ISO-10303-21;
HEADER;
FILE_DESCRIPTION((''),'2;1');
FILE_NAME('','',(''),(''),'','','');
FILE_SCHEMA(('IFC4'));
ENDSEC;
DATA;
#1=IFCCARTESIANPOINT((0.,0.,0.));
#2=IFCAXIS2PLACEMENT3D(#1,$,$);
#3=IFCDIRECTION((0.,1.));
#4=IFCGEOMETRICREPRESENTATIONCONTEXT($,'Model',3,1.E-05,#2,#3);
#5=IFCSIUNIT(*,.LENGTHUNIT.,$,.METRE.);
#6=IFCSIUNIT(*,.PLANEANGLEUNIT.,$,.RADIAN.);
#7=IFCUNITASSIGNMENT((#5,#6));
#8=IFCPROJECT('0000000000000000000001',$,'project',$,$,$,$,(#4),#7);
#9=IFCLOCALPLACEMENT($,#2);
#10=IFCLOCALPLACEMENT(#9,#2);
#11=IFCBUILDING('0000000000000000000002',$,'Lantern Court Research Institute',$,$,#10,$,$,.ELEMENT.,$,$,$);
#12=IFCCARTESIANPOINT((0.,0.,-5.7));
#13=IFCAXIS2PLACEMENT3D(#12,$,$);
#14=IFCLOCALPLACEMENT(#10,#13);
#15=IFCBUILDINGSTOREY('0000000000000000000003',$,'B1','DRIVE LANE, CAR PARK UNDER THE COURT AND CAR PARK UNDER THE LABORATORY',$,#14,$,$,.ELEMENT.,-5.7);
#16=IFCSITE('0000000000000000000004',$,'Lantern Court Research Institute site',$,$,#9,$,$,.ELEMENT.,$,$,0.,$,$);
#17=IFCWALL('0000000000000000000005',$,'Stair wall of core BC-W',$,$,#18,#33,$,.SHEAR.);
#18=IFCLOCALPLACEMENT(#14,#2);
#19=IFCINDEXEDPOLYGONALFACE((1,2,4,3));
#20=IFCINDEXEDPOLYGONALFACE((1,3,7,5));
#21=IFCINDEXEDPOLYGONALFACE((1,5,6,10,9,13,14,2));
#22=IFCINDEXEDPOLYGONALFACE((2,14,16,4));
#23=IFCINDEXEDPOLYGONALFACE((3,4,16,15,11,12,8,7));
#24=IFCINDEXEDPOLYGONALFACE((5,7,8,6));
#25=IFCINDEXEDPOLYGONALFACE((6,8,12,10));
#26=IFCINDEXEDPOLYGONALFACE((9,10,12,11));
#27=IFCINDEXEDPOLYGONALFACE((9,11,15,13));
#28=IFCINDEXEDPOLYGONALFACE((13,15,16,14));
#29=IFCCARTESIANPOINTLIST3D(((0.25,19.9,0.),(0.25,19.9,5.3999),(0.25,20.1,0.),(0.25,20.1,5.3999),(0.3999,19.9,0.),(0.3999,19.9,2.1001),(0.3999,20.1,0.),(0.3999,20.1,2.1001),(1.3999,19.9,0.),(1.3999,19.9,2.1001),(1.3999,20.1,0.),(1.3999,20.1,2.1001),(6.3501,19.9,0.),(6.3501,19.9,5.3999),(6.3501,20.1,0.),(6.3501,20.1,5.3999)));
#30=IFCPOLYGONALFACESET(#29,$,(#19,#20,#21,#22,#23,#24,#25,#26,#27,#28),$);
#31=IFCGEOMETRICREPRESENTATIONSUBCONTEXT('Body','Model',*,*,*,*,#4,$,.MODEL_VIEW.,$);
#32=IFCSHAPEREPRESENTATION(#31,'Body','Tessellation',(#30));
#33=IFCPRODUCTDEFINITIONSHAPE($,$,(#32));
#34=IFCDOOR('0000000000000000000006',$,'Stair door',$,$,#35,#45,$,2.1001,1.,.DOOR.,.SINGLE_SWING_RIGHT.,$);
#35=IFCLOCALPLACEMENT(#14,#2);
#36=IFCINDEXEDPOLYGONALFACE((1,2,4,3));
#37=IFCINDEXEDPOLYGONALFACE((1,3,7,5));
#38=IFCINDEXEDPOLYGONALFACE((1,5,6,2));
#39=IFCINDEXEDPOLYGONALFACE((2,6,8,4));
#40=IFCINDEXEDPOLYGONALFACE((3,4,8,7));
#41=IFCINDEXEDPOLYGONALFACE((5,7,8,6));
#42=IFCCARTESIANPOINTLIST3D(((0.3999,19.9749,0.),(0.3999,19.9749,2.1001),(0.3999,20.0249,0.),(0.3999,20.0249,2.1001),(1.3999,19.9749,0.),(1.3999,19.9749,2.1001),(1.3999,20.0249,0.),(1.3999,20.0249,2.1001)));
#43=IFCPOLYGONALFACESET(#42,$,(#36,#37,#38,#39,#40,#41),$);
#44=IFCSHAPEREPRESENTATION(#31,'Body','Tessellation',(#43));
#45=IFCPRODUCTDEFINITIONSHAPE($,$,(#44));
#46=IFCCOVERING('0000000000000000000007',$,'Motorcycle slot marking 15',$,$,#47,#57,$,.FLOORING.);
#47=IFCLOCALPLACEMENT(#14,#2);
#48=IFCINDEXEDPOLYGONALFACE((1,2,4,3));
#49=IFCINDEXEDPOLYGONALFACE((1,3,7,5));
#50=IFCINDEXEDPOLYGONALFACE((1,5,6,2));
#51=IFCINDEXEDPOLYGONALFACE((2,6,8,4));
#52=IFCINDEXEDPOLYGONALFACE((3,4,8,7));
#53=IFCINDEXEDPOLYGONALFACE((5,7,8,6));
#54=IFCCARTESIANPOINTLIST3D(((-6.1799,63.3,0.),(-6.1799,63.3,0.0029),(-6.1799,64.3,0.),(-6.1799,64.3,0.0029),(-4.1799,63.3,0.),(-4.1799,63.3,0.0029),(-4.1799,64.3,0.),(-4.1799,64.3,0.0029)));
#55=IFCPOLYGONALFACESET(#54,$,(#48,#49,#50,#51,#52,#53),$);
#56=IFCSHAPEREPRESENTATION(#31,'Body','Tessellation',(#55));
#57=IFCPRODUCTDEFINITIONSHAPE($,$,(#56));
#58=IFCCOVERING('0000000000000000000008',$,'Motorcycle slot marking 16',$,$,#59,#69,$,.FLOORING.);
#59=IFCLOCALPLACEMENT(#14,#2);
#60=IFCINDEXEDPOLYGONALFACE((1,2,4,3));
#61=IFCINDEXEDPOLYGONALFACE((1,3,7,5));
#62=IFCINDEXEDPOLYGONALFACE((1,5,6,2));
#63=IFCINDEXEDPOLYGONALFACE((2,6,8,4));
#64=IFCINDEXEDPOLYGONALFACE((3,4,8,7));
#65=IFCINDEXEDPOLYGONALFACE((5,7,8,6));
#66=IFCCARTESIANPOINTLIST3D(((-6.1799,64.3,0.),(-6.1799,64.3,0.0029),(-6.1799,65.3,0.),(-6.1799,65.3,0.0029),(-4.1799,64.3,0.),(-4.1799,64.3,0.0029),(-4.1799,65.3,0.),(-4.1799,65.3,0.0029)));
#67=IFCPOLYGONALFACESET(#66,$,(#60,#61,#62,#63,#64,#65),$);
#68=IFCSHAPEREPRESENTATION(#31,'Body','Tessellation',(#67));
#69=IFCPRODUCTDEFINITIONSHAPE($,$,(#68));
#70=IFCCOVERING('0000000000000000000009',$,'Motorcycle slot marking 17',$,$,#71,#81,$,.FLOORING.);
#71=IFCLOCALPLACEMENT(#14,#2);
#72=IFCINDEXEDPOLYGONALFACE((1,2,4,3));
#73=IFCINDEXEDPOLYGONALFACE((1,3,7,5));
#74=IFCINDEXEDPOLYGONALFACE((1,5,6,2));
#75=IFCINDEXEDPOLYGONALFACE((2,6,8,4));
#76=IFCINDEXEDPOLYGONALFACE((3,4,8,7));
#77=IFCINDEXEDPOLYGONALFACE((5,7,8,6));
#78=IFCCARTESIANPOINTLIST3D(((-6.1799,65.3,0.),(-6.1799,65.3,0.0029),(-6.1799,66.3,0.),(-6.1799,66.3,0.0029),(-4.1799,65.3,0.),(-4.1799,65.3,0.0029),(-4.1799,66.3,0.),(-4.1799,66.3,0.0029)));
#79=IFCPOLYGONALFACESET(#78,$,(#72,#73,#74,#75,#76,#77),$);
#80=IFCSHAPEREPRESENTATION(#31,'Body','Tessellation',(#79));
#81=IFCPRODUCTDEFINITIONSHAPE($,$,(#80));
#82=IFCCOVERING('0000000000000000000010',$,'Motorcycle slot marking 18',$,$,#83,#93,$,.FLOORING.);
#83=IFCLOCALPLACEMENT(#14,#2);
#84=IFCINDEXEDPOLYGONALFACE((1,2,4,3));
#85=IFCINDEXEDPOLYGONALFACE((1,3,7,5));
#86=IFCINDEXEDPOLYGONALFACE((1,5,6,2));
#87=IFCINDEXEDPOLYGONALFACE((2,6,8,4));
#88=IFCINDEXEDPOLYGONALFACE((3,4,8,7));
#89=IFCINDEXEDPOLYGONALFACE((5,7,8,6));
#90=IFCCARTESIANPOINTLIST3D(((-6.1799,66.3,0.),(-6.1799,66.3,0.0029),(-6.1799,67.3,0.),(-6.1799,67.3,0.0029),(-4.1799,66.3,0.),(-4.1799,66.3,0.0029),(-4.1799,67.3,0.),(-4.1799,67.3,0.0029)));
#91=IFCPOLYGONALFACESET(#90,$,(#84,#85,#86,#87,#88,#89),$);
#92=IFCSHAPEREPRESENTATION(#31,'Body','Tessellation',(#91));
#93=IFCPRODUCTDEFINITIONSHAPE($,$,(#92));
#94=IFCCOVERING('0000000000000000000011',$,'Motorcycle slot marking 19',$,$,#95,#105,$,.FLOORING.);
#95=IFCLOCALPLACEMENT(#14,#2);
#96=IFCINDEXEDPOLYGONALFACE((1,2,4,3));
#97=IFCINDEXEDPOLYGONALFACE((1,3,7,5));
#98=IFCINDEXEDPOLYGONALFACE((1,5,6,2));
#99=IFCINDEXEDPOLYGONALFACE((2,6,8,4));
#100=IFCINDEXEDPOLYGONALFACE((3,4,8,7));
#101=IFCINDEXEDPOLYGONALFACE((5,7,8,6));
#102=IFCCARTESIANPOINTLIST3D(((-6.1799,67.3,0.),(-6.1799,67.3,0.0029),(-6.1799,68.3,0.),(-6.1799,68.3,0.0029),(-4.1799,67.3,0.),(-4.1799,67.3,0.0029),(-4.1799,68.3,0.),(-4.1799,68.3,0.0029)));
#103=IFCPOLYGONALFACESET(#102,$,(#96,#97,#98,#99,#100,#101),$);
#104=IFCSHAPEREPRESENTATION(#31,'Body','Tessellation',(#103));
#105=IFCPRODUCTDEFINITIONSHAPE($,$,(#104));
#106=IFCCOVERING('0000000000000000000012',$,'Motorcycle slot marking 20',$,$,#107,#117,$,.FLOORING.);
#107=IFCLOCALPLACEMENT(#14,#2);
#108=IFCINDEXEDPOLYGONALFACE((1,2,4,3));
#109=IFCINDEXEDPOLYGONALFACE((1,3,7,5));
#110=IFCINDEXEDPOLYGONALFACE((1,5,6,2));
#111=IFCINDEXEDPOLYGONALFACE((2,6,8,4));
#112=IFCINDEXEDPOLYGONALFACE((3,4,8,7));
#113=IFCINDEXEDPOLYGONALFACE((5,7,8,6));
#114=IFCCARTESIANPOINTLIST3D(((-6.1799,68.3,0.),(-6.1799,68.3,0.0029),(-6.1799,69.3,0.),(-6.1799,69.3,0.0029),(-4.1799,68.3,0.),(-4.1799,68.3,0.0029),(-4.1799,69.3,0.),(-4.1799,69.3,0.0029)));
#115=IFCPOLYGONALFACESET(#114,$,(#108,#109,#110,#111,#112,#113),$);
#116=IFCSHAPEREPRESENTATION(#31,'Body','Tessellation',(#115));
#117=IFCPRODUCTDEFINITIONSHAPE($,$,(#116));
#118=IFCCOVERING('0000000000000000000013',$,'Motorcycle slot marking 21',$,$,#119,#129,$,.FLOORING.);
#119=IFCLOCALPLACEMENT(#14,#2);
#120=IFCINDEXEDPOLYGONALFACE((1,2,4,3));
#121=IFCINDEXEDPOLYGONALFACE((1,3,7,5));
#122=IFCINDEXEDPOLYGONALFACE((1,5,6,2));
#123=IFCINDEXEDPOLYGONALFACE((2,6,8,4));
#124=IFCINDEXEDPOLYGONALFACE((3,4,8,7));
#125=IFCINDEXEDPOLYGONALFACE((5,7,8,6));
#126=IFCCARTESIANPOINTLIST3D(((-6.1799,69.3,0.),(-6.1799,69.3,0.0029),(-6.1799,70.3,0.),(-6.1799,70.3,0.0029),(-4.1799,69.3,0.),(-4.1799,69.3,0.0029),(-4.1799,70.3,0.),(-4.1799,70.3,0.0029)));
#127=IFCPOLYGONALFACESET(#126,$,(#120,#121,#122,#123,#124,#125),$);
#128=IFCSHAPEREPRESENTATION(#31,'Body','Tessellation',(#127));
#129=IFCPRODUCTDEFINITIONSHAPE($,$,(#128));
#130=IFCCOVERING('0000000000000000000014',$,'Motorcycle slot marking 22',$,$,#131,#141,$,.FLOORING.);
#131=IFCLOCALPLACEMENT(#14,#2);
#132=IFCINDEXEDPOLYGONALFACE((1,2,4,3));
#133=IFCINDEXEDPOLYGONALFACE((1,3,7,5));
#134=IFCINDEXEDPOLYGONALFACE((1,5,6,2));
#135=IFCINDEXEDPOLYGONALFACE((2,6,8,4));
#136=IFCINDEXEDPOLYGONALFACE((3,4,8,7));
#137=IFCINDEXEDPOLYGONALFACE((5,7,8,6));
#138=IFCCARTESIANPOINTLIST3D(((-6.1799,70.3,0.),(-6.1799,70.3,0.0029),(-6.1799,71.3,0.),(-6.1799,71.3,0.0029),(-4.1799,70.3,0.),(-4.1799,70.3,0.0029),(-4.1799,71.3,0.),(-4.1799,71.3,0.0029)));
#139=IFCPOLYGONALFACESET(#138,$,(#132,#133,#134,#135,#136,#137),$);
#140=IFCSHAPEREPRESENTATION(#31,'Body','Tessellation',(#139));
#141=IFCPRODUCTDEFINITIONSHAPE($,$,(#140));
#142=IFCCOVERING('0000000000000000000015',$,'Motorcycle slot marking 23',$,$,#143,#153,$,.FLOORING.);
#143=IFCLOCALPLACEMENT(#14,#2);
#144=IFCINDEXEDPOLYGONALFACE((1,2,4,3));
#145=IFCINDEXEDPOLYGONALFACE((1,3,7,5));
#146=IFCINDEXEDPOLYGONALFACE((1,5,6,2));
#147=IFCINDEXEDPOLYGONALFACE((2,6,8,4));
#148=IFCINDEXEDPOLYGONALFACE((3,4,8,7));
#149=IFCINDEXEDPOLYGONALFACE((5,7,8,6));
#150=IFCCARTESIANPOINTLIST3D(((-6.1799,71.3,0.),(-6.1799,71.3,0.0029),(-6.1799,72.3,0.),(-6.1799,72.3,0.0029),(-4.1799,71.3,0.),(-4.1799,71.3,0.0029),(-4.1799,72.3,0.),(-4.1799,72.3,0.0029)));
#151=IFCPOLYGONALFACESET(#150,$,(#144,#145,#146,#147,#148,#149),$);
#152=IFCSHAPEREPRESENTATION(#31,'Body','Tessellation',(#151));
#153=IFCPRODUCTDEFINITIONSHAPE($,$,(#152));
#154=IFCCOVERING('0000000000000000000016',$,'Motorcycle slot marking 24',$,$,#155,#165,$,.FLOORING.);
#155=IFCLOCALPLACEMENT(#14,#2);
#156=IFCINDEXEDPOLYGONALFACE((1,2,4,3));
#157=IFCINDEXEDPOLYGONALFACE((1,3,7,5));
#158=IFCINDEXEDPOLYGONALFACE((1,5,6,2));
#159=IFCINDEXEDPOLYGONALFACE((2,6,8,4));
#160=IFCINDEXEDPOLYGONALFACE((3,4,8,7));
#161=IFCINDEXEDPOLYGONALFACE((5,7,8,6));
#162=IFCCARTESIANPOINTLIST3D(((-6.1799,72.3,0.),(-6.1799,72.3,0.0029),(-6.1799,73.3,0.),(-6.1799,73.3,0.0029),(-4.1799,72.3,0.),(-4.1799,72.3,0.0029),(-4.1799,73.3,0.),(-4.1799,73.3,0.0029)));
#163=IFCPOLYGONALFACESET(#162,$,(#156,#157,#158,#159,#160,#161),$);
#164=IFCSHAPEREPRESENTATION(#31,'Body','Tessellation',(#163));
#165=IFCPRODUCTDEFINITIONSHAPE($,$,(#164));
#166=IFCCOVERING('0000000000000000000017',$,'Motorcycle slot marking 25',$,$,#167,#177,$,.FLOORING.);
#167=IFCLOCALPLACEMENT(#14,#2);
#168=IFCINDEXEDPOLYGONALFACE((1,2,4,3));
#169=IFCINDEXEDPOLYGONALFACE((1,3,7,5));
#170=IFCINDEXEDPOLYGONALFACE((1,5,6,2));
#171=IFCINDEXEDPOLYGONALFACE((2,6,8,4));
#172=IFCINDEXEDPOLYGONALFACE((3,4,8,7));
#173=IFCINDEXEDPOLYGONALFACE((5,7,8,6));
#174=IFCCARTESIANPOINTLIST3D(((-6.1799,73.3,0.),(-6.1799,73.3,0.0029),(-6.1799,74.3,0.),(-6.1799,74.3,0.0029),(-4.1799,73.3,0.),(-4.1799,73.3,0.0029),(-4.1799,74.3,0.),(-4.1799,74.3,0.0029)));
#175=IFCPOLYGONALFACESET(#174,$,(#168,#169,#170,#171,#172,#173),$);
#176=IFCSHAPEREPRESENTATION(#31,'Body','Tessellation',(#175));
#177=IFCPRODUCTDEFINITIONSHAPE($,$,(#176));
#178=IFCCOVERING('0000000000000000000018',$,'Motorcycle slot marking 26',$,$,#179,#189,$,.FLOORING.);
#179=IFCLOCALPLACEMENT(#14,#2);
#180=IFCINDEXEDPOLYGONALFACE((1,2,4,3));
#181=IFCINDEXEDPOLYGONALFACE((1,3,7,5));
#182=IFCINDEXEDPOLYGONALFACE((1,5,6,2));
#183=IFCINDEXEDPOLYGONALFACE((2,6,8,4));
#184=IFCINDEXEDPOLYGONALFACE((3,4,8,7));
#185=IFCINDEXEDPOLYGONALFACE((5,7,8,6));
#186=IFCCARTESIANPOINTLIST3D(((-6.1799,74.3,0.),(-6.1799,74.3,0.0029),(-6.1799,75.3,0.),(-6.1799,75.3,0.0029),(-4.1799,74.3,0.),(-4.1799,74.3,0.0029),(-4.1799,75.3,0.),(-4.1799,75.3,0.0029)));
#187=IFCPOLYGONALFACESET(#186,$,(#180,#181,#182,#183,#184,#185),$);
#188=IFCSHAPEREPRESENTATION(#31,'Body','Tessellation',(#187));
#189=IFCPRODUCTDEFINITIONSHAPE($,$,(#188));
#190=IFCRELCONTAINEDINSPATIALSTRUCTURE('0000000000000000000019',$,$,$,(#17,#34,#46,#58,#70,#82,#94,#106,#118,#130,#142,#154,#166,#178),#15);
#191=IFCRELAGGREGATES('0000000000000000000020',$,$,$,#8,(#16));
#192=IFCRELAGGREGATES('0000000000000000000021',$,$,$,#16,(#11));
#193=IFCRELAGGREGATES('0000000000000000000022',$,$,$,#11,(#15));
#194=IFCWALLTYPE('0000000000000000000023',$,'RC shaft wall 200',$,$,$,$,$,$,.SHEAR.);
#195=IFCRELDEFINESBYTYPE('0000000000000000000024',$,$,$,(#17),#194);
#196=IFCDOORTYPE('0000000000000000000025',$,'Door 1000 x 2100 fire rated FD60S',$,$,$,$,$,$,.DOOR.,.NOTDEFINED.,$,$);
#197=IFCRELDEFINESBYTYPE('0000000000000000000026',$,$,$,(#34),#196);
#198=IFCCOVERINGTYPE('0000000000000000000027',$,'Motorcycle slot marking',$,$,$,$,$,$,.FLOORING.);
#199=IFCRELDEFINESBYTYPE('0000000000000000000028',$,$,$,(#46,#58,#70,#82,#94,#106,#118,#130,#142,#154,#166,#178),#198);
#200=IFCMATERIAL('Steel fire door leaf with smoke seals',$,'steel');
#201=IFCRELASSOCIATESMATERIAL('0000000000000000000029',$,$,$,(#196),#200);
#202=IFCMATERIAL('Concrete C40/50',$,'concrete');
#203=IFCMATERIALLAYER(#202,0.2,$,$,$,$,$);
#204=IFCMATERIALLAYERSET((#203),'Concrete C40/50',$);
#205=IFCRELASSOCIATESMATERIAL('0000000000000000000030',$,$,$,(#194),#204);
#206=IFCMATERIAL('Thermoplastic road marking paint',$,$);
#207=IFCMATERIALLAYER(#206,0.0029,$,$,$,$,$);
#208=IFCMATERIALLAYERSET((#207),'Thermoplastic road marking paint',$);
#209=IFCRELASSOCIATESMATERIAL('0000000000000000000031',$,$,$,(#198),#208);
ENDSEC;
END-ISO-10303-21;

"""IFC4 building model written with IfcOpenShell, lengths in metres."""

from ifc_helpers import new_model, si_unit, direction, frame, frame_2d, origin, place, context, subcontext, project, spatial, polyline, rectangle, outline, extrude, material, layer, layer_set, type_object, element, fill, save


model = new_model("IFC4")

# Units and contexts
model_context = context("Model", 3, precision=1e-05, world=origin(), true_north=direction((0.0, 1.0)))
body_context = subcontext(model_context, "Body", "Model", "MODEL_VIEW")
ifc_project = project(units=[si_unit("LENGTHUNIT", "METRE"), si_unit("PLANEANGLEUNIT", "RADIAN")], contexts=[model_context])

# Site, building, storey
site_placement = place(None, origin())
site = spatial("IfcSite", under=ifc_project, at=site_placement, Name="Lantern Court Research Institute site", CompositionType="ELEMENT", RefElevation=0.0)
building_placement = place(site_placement, origin())
building = spatial("IfcBuilding", under=site, at=building_placement, Name="Lantern Court Research Institute", CompositionType="ELEMENT")
storey_placement = place(building_placement, frame((0.0, 0.0, -5.7)))
storey = spatial("IfcBuildingStorey", under=building, at=storey_placement, Name="B1", Description="DRIVE LANE, CAR PARK UNDER THE COURT AND CAR PARK UNDER THE LABORATORY", CompositionType="ELEMENT", Elevation=-5.7)

# Shared definitions
ifc_material_1 = material(Name="Steel fire door leaf with smoke seals", Category="steel")
door_type = type_object("IfcDoorType", Name="Door 1000 x 2100 fire rated FD60S", OperationType="NOTDEFINED", PredefinedType="DOOR", material=ifc_material_1)

# Wall, opening, door
ifc_material_2 = material(Name="Concrete C40/50", Category="concrete")
ifc_layer_1 = layer(ifc_material_2, 0.2)
ifc_layer_set_1 = layer_set([ifc_layer_1], Name="Concrete C40/50")
wall_type_1 = type_object("IfcWallType", Name="RC shaft wall 200", PredefinedType="SHEAR", material=ifc_layer_set_1)
wall_1_placement = place(storey_placement, frame((0.25, 20.0, 0.0), z_axis=(0.0, 0.0, 1.0), x_axis=(1.0, 0.0, 0.0)))
wall_1 = element("IfcWall", 1, at=wall_1_placement, inside=storey, type_object=wall_type_1, Name="Stair wall of core BC-W", PredefinedType="SHEAR", context=body_context, shape_type="SweptSolid", body=[
    extrude(rectangle(XDim=6.1001, YDim=0.2, at=frame_2d((3.05, 0.0))), origin(), (0.0, 0.0, 1.0), 5.3999),
])
opening_1_placement = place(wall_1_placement, frame((0.1499, 0.0, 0.0)))
opening_1 = element("IfcOpeningElement", 2, at=opening_1_placement, cuts=wall_1, PredefinedType="OPENING", context=body_context, shape_type="SweptSolid", body=[
    extrude(rectangle(XDim=1.0, YDim=2.1001, at=frame_2d((0.5, 1.05))), frame((0.0, 0.1099, 0.0), z_axis=(0.0, -1.0, 0.0), x_axis=(1.0, 0.0, 0.0)), (0.0, 0.0, 1.0), 0.22),
])
door_1_placement = place(opening_1_placement, origin())
door_1 = element("IfcDoor", 3, at=door_1_placement, inside=storey, type_object=door_type, Name="Stair door", OperationType="SINGLE_SWING_RIGHT", OverallHeight=2.1001, OverallWidth=1.0, PredefinedType="DOOR", context=body_context, shape_type="SweptSolid", body=[
    extrude(rectangle(XDim=1.0, YDim=2.1001, at=frame_2d((0.5, 1.05))), frame((0.0, 0.0249, 0.0), z_axis=(0.0, -1.0, 0.0), x_axis=(1.0, 0.0, 0.0)), (0.0, 0.0, 1.0), 0.05),
])
fill(opening_1, door_1)

# Coverings
ifc_material_3 = material(Name="Thermoplastic road marking paint")
ifc_layer_2 = layer(ifc_material_3, 0.0029)
ifc_layer_set_2 = layer_set([ifc_layer_2], Name="Thermoplastic road marking paint")
covering_type = type_object("IfcCoveringType", Name="Motorcycle slot marking", PredefinedType="FLOORING", material=ifc_layer_set_2)
covering_1_placement = place(storey_placement, origin())
element("IfcCovering", 4, at=covering_1_placement, inside=storey, type_object=covering_type, Name="Motorcycle slot marking 15", PredefinedType="FLOORING", context=body_context, shape_type="SweptSolid", body=[
    extrude(outline(polyline([(-6.1799, 63.3), (-4.1799, 63.3), (-4.1799, 64.3), (-6.1799, 64.3), (-6.1799, 63.3)])), origin(), (0.0, 0.0, 1.0), 0.0029),
])
covering_2_placement = place(storey_placement, origin())
element("IfcCovering", 5, at=covering_2_placement, inside=storey, type_object=covering_type, Name="Motorcycle slot marking 16", PredefinedType="FLOORING", context=body_context, shape_type="SweptSolid", body=[
    extrude(outline(polyline([(-6.1799, 64.3), (-4.1799, 64.3), (-4.1799, 65.3), (-6.1799, 65.3), (-6.1799, 64.3)])), origin(), (0.0, 0.0, 1.0), 0.0029),
])
covering_3_placement = place(storey_placement, origin())
element("IfcCovering", 6, at=covering_3_placement, inside=storey, type_object=covering_type, Name="Motorcycle slot marking 17", PredefinedType="FLOORING", context=body_context, shape_type="SweptSolid", body=[
    extrude(outline(polyline([(-6.1799, 65.3), (-4.1799, 65.3), (-4.1799, 66.3), (-6.1799, 66.3), (-6.1799, 65.3)])), origin(), (0.0, 0.0, 1.0), 0.0029),
])
covering_4_placement = place(storey_placement, origin())
element("IfcCovering", 7, at=covering_4_placement, inside=storey, type_object=covering_type, Name="Motorcycle slot marking 18", PredefinedType="FLOORING", context=body_context, shape_type="SweptSolid", body=[
    extrude(outline(polyline([(-6.1799, 66.3), (-4.1799, 66.3), (-4.1799, 67.3), (-6.1799, 67.3), (-6.1799, 66.3)])), origin(), (0.0, 0.0, 1.0), 0.0029),
])
covering_5_placement = place(storey_placement, origin())
element("IfcCovering", 8, at=covering_5_placement, inside=storey, type_object=covering_type, Name="Motorcycle slot marking 19", PredefinedType="FLOORING", context=body_context, shape_type="SweptSolid", body=[
    extrude(outline(polyline([(-6.1799, 67.3), (-4.1799, 67.3), (-4.1799, 68.3), (-6.1799, 68.3), (-6.1799, 67.3)])), origin(), (0.0, 0.0, 1.0), 0.0029),
])
covering_6_placement = place(storey_placement, origin())
element("IfcCovering", 9, at=covering_6_placement, inside=storey, type_object=covering_type, Name="Motorcycle slot marking 20", PredefinedType="FLOORING", context=body_context, shape_type="SweptSolid", body=[
    extrude(outline(polyline([(-6.1799, 68.3), (-4.1799, 68.3), (-4.1799, 69.3), (-6.1799, 69.3), (-6.1799, 68.3)])), origin(), (0.0, 0.0, 1.0), 0.0029),
])
covering_7_placement = place(storey_placement, origin())
element("IfcCovering", 10, at=covering_7_placement, inside=storey, type_object=covering_type, Name="Motorcycle slot marking 21", PredefinedType="FLOORING", context=body_context, shape_type="SweptSolid", body=[
    extrude(outline(polyline([(-6.1799, 69.3), (-4.1799, 69.3), (-4.1799, 70.3), (-6.1799, 70.3), (-6.1799, 69.3)])), origin(), (0.0, 0.0, 1.0), 0.0029),
])
covering_8_placement = place(storey_placement, origin())
element("IfcCovering", 11, at=covering_8_placement, inside=storey, type_object=covering_type, Name="Motorcycle slot marking 22", PredefinedType="FLOORING", context=body_context, shape_type="SweptSolid", body=[
    extrude(outline(polyline([(-6.1799, 70.3), (-4.1799, 70.3), (-4.1799, 71.3), (-6.1799, 71.3), (-6.1799, 70.3)])), origin(), (0.0, 0.0, 1.0), 0.0029),
])
covering_9_placement = place(storey_placement, origin())
element("IfcCovering", 12, at=covering_9_placement, inside=storey, type_object=covering_type, Name="Motorcycle slot marking 23", PredefinedType="FLOORING", context=body_context, shape_type="SweptSolid", body=[
    extrude(outline(polyline([(-6.1799, 71.3), (-4.1799, 71.3), (-4.1799, 72.3), (-6.1799, 72.3), (-6.1799, 71.3)])), origin(), (0.0, 0.0, 1.0), 0.0029),
])
covering_10_placement = place(storey_placement, origin())
element("IfcCovering", 13, at=covering_10_placement, inside=storey, type_object=covering_type, Name="Motorcycle slot marking 24", PredefinedType="FLOORING", context=body_context, shape_type="SweptSolid", body=[
    extrude(outline(polyline([(-6.1799, 72.3), (-4.1799, 72.3), (-4.1799, 73.3), (-6.1799, 73.3), (-6.1799, 72.3)])), origin(), (0.0, 0.0, 1.0), 0.0029),
])
covering_11_placement = place(storey_placement, origin())
element("IfcCovering", 14, at=covering_11_placement, inside=storey, type_object=covering_type, Name="Motorcycle slot marking 25", PredefinedType="FLOORING", context=body_context, shape_type="SweptSolid", body=[
    extrude(outline(polyline([(-6.1799, 73.3), (-4.1799, 73.3), (-4.1799, 74.3), (-6.1799, 74.3), (-6.1799, 73.3)])), origin(), (0.0, 0.0, 1.0), 0.0029),
])
covering_12_placement = place(storey_placement, origin())
element("IfcCovering", 15, at=covering_12_placement, inside=storey, type_object=covering_type, Name="Motorcycle slot marking 26", PredefinedType="FLOORING", context=body_context, shape_type="SweptSolid", body=[
    extrude(outline(polyline([(-6.1799, 74.3), (-4.1799, 74.3), (-4.1799, 75.3), (-6.1799, 75.3), (-6.1799, 74.3)])), origin(), (0.0, 0.0, 1.0), 0.0029),
])

save(model, "model.ifc")
